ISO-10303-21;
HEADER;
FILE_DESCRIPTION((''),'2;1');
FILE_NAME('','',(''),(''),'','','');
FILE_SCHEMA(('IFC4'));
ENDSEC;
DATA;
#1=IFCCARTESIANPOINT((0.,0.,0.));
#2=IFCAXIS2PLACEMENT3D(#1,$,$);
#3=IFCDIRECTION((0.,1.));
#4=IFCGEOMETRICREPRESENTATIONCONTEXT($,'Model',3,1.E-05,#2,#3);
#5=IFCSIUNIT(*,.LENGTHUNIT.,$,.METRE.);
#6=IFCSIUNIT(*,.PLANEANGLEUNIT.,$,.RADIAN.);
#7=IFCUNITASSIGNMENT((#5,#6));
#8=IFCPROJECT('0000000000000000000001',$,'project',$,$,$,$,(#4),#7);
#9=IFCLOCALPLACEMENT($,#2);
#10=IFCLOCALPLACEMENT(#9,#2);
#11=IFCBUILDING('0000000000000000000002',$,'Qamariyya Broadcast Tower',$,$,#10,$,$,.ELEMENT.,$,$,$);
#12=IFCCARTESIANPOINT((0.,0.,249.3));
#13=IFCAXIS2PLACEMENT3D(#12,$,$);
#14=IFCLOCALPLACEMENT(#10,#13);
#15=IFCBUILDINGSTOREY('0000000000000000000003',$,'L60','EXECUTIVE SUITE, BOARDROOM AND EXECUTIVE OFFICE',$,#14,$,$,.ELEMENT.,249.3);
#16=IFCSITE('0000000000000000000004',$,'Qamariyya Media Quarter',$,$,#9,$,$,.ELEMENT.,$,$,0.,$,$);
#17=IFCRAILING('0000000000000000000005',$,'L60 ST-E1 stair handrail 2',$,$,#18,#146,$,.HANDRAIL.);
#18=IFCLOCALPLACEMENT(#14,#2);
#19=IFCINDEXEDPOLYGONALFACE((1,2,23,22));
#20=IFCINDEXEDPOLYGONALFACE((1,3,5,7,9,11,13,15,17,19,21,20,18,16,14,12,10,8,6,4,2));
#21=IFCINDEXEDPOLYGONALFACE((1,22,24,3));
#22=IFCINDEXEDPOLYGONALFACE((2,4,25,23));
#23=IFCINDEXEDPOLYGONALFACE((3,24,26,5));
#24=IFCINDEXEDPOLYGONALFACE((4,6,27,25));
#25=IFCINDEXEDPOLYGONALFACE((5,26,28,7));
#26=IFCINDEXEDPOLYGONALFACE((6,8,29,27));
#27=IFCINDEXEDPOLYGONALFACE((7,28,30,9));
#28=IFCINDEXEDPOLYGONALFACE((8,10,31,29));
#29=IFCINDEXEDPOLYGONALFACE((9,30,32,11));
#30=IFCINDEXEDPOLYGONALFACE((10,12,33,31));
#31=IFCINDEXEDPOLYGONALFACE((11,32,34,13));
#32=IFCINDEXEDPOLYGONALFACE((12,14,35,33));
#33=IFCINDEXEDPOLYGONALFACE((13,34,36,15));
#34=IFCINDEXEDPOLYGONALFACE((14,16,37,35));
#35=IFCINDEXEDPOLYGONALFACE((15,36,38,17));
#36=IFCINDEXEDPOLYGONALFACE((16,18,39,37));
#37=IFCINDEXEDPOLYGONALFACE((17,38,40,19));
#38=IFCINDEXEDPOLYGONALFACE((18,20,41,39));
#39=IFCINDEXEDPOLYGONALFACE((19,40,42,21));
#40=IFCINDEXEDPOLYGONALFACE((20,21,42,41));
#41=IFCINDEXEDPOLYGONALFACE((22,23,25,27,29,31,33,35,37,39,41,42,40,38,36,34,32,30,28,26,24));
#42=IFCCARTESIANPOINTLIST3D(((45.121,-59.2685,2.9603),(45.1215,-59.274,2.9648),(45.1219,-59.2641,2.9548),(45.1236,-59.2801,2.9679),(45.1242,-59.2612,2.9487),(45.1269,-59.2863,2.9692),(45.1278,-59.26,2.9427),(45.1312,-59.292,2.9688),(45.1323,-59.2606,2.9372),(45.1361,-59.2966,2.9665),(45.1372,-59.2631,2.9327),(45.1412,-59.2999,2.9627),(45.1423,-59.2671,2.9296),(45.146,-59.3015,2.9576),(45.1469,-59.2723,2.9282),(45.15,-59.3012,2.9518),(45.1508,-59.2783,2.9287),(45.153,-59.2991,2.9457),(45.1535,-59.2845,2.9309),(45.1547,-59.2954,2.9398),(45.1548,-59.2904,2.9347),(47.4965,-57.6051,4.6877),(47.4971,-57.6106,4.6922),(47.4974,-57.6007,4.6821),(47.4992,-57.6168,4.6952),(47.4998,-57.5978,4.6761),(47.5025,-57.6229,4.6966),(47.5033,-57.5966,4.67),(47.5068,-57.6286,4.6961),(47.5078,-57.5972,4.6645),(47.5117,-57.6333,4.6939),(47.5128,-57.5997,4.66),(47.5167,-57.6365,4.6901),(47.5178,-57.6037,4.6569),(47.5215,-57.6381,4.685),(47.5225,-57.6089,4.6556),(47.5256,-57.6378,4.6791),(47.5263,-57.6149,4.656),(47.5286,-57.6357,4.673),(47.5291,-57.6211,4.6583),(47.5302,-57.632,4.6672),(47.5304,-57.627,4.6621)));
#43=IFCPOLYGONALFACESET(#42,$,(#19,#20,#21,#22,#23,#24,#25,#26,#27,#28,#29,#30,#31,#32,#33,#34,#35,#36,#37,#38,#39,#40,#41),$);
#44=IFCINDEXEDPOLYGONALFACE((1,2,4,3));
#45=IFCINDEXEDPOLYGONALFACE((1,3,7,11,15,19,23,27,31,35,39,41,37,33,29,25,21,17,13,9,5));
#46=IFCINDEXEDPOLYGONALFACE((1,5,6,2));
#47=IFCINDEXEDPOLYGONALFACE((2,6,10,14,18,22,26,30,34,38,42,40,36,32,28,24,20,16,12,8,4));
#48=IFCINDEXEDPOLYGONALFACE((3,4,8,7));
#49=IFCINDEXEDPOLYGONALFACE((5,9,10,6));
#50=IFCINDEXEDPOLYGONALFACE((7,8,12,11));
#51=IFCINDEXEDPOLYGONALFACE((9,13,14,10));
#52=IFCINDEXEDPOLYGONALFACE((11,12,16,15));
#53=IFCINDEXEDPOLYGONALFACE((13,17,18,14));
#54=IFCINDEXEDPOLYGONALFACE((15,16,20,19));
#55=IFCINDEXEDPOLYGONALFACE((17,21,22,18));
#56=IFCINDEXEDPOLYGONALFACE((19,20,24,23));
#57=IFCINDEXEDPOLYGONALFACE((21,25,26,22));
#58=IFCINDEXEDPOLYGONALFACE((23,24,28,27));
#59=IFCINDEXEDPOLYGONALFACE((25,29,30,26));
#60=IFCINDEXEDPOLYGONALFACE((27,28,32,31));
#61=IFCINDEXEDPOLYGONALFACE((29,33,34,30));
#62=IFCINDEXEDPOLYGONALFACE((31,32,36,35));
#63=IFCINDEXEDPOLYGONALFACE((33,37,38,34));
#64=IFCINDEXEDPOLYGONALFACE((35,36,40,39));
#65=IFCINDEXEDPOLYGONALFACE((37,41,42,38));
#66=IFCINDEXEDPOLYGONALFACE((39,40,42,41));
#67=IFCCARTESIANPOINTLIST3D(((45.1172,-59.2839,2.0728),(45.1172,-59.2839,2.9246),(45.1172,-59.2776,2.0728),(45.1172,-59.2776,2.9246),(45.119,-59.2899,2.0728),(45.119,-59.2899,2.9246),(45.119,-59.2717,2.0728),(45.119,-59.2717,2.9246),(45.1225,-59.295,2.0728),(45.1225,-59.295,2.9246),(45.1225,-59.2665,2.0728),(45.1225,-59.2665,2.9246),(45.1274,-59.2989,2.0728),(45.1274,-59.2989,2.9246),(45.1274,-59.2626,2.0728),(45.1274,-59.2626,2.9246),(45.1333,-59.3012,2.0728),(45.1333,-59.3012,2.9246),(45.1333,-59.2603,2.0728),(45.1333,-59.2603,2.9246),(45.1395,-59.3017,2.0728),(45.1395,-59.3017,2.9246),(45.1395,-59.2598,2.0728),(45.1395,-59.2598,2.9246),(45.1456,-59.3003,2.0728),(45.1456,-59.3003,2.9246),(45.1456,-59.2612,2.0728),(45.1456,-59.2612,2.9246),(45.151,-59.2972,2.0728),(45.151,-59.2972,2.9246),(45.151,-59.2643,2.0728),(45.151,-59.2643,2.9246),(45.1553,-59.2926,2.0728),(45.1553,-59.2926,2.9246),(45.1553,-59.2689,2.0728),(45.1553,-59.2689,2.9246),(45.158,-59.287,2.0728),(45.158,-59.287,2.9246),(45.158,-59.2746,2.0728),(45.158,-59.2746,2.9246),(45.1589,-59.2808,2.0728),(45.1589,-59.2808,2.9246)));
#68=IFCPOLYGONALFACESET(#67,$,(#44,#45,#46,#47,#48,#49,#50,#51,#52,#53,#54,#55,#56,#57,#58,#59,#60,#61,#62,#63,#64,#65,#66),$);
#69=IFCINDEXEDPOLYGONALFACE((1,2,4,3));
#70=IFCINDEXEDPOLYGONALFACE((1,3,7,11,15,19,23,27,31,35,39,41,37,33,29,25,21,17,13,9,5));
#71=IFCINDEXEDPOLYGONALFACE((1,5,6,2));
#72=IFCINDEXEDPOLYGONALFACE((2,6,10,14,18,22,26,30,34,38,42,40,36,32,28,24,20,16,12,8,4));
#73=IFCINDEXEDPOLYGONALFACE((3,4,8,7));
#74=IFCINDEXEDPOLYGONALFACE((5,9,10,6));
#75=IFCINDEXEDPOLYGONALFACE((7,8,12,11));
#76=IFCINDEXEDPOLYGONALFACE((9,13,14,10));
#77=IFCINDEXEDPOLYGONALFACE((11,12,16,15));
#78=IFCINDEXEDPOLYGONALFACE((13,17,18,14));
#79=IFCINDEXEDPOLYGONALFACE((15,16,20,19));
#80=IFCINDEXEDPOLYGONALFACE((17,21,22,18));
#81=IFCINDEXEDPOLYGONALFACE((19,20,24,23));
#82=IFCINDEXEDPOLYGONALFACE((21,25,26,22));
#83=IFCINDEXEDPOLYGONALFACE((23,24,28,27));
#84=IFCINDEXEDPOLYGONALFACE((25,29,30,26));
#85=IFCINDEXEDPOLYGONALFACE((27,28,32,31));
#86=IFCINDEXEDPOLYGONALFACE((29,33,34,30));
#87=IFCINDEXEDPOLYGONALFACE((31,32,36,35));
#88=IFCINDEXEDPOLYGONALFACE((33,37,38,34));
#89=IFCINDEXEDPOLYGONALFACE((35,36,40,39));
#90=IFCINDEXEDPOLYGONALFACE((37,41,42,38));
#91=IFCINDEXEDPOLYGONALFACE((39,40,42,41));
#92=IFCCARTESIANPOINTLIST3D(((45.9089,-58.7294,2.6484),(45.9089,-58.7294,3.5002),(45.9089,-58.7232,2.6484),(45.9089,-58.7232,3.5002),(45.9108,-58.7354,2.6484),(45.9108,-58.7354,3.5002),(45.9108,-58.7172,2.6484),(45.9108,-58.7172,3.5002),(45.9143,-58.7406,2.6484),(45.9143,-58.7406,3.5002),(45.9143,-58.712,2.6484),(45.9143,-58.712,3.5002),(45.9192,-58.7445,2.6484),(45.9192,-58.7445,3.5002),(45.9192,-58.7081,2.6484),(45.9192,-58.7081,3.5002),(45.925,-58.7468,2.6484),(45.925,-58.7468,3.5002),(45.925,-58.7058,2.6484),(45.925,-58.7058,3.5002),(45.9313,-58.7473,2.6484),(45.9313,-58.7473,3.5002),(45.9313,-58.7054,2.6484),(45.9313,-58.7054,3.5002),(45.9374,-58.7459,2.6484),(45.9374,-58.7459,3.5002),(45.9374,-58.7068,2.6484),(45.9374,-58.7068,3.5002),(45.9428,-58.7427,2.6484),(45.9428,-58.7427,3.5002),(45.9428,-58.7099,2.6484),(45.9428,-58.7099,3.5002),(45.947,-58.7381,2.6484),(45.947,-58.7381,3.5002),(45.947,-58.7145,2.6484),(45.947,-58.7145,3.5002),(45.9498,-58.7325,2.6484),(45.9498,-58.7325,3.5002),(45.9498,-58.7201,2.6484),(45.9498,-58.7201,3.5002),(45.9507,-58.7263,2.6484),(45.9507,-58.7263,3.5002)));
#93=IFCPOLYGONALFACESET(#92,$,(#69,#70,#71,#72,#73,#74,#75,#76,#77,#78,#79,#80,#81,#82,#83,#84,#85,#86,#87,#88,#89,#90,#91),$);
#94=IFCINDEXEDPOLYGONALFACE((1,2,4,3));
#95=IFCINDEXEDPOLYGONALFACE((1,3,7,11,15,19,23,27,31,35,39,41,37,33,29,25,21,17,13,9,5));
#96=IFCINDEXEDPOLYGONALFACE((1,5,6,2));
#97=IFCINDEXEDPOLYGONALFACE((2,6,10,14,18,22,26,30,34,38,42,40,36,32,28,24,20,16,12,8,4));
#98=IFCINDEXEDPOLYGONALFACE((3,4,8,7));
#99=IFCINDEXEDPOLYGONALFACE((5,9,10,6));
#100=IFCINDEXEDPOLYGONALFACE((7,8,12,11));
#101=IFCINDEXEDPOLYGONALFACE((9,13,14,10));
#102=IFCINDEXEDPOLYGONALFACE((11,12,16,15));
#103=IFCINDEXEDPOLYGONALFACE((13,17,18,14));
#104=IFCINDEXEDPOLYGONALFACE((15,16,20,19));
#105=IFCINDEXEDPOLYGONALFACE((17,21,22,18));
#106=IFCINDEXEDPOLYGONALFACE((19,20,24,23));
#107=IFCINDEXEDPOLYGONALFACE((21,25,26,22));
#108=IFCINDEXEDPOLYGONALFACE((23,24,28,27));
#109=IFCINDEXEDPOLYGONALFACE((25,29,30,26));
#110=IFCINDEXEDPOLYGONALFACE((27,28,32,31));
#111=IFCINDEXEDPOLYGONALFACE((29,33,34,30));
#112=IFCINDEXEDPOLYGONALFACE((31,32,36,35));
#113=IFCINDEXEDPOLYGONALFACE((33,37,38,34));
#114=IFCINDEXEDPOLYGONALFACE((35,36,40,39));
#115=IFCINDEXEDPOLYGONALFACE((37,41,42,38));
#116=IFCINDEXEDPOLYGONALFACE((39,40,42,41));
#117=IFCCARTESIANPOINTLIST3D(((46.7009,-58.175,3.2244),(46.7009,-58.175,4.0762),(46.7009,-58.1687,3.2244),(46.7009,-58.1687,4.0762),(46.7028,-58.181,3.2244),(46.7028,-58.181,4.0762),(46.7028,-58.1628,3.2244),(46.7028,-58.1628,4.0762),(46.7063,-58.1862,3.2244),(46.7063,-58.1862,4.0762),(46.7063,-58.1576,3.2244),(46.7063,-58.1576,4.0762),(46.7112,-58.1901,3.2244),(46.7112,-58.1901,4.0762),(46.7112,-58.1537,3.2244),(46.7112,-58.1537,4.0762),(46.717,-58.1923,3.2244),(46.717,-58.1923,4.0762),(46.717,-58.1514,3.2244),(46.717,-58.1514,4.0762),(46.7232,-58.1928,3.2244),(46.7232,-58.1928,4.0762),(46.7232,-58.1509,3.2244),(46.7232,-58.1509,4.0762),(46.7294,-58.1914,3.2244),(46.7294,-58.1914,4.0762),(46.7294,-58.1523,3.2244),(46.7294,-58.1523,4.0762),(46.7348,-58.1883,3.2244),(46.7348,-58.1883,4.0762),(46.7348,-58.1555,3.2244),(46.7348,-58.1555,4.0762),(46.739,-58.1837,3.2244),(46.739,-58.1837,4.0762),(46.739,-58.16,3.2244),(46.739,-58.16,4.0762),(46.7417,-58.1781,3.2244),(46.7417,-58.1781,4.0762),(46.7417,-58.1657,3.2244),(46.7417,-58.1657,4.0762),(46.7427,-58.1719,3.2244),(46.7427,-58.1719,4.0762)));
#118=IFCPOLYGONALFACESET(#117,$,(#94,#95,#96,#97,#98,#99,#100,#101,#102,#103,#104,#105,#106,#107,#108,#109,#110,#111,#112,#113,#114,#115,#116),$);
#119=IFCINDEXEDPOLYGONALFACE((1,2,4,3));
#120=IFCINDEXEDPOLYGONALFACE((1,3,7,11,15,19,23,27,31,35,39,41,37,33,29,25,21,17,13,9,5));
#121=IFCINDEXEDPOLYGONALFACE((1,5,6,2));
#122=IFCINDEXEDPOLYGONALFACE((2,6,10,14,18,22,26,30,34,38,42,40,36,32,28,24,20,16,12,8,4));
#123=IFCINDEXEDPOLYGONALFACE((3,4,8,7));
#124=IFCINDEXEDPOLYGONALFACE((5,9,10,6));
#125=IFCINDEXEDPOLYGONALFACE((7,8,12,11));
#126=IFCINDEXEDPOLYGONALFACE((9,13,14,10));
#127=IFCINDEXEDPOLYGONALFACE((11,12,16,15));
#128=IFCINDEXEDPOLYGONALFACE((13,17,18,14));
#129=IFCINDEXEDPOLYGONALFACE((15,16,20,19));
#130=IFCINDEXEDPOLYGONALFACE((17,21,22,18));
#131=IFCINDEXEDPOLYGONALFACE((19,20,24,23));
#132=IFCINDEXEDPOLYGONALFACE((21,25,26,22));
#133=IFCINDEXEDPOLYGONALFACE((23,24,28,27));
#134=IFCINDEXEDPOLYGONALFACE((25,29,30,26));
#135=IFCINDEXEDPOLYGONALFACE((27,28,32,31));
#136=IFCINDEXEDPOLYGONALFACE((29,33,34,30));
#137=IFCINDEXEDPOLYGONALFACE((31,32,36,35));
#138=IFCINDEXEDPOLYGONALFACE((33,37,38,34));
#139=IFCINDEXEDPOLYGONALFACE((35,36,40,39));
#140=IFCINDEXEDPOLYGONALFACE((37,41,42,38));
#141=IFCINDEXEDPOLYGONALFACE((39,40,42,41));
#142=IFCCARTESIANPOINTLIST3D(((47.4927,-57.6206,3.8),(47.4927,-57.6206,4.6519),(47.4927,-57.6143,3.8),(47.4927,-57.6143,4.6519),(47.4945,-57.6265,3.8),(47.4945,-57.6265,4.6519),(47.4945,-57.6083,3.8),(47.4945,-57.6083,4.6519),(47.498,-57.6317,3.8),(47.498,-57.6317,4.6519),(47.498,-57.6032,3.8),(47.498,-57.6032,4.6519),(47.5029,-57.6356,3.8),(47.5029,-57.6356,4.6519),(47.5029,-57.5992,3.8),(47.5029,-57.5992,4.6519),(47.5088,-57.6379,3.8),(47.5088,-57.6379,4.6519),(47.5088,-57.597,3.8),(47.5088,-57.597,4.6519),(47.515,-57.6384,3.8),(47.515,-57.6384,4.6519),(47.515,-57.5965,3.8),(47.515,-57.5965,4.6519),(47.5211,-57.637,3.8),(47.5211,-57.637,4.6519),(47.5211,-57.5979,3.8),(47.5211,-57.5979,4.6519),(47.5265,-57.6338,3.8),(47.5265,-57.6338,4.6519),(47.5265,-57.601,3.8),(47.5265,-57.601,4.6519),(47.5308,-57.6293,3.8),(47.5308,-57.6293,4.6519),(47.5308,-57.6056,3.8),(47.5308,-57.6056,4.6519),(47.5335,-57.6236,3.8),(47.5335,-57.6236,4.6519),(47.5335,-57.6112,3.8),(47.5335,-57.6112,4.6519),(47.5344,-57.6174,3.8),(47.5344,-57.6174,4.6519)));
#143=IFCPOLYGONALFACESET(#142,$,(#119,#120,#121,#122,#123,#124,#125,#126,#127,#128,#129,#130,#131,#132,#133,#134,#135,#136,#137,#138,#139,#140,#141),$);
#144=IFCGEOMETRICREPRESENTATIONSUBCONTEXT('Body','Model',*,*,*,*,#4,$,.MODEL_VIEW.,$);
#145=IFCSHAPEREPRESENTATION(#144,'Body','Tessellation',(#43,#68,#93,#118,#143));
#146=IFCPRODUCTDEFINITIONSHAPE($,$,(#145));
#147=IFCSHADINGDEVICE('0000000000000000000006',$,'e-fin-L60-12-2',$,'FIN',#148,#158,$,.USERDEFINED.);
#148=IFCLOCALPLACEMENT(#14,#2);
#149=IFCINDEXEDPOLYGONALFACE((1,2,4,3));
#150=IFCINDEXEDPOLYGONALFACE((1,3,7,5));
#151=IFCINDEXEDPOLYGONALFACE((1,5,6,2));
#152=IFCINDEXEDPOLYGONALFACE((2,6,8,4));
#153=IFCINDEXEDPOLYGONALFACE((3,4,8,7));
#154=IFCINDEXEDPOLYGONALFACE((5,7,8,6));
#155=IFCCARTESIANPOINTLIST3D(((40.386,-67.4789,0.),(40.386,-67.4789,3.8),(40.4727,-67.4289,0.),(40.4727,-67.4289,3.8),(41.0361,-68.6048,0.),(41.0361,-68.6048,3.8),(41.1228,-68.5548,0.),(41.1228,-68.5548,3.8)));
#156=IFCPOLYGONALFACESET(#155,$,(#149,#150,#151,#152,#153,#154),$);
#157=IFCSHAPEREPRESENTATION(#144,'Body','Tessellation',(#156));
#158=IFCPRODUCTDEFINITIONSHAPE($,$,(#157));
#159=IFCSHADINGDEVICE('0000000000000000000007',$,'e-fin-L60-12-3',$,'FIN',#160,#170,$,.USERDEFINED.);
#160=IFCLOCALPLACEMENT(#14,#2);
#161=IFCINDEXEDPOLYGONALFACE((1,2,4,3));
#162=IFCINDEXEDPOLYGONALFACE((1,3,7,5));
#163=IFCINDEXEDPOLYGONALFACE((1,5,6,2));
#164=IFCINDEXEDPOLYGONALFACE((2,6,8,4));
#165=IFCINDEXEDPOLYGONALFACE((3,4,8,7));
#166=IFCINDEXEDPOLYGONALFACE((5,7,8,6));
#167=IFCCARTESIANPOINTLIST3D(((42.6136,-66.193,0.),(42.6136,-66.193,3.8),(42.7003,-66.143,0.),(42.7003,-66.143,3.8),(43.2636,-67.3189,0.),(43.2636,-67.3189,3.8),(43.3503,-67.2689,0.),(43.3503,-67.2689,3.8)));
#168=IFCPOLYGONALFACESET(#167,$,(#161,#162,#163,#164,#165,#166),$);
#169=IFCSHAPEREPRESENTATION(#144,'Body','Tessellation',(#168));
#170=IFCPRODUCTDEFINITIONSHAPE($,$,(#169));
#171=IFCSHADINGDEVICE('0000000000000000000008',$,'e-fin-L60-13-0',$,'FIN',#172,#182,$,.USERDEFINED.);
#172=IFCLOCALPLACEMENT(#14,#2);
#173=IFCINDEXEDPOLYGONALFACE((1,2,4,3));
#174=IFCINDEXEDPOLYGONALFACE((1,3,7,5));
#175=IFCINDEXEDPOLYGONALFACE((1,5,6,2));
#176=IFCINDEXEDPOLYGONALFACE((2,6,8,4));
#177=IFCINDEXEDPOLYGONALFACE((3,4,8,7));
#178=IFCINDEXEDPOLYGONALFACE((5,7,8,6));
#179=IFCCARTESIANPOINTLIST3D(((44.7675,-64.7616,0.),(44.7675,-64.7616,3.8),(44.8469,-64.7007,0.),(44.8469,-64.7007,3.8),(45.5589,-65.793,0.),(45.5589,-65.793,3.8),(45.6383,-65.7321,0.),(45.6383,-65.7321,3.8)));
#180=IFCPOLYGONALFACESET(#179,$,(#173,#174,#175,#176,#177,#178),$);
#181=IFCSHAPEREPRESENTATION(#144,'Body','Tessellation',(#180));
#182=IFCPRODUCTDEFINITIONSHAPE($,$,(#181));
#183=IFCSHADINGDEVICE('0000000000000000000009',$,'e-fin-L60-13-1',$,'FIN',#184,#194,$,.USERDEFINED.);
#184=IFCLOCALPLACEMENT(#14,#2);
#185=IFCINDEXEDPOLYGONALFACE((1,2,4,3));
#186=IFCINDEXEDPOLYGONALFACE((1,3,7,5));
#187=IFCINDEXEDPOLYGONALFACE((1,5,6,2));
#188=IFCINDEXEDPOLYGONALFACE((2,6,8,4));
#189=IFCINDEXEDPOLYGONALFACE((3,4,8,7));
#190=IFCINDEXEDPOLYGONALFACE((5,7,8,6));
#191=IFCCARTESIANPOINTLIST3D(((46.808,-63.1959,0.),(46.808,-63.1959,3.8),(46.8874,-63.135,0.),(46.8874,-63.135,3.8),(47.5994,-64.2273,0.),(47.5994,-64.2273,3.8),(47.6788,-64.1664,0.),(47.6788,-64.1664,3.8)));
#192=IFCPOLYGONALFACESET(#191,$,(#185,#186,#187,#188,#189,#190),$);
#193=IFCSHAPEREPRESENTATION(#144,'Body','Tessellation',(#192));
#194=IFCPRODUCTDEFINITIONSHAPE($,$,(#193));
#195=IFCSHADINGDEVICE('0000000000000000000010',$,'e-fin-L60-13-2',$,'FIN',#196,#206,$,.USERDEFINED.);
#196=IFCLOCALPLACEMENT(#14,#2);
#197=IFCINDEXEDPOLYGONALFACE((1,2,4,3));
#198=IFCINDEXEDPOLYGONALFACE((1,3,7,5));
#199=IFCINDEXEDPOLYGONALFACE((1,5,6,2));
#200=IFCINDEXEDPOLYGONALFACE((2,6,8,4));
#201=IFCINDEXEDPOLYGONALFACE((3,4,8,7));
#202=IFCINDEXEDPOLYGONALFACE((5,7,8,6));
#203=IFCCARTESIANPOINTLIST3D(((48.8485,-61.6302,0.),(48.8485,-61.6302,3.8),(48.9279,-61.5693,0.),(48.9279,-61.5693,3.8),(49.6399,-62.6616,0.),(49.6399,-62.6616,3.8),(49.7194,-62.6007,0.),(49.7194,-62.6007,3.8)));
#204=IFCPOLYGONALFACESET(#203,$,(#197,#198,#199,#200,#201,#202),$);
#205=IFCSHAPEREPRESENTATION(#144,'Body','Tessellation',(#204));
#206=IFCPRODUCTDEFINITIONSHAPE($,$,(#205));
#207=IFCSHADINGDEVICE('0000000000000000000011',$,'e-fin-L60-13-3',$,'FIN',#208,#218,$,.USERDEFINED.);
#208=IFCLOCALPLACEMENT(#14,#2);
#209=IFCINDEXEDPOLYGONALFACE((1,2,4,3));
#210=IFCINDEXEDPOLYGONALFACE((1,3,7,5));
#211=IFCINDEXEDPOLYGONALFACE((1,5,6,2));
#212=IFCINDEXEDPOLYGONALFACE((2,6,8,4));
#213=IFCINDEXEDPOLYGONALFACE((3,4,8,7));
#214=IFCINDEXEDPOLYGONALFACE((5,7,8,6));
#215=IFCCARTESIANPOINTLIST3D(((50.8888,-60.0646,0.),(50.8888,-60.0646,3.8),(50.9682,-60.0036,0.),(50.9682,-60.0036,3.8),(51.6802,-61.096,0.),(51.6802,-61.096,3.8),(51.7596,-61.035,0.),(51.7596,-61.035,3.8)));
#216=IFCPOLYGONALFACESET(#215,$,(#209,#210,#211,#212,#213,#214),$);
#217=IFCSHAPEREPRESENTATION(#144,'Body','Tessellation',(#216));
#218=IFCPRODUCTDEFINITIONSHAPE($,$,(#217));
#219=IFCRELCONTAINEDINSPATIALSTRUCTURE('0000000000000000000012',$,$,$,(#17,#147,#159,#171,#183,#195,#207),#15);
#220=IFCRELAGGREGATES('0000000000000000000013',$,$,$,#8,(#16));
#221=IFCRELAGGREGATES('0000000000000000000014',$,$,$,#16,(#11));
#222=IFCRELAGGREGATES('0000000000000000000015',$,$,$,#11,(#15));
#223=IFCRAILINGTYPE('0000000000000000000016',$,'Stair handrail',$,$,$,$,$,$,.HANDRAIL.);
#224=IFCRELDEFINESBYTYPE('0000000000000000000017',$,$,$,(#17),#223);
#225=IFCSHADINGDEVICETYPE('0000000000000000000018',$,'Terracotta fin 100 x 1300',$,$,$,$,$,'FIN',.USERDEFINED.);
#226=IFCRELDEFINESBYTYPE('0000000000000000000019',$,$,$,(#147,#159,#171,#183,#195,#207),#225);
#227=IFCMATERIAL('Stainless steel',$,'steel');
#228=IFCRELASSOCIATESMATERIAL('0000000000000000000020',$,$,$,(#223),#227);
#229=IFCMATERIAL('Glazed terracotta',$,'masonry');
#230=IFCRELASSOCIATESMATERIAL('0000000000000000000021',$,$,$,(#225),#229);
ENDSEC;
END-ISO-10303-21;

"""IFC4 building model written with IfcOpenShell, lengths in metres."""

from ifc_helpers import new_model, si_unit, direction, frame, origin, origin_2d, place, context, subcontext, project, spatial, rectangle, circle, extrude, material, material_profile, profile_set, type_object, element, save


model = new_model("IFC4")

# Units and contexts
model_context = context("Model", 3, precision=1e-05, world=origin(), true_north=direction((0.0, 1.0)))
body_context = subcontext(model_context, "Body", "Model", "MODEL_VIEW")
ifc_project = project(units=[si_unit("LENGTHUNIT", "METRE"), si_unit("PLANEANGLEUNIT", "RADIAN")], contexts=[model_context])

# Site, building, storey
site_placement = place(None, origin())
site = spatial("IfcSite", under=ifc_project, at=site_placement, Name="Qamariyya Media Quarter", CompositionType="ELEMENT", RefElevation=0.0)
building_placement = place(site_placement, origin())
building = spatial("IfcBuilding", under=site, at=building_placement, Name="Qamariyya Broadcast Tower", CompositionType="ELEMENT")
storey_placement = place(building_placement, frame((0.0, 0.0, 249.3)))
storey = spatial("IfcBuildingStorey", under=building, at=storey_placement, Name="L60", Description="EXECUTIVE SUITE, BOARDROOM AND EXECUTIVE OFFICE", CompositionType="ELEMENT", Elevation=249.3)

# Railing
ifc_material_1 = material(Name="Stainless steel", Category="steel")
railing_type_1 = type_object("IfcRailingType", Name="Stair handrail", PredefinedType="HANDRAIL", material=ifc_material_1)
railing_1_placement = place(storey_placement, frame((45.1379, -59.2808, 2.0728)))
element("IfcRailing", 1, at=railing_1_placement, inside=storey, type_object=railing_type_1, Name="L60 ST-E1 stair handrail 2", PredefinedType="HANDRAIL", context=body_context, shape_type="SweptSolid", body=[
    extrude(circle(Radius=0.0239, at=origin_2d()), frame((0.0, 0.0, 0.876), z_axis=(0.70377, 0.492784, 0.511734), x_axis=(-0.573575, 0.819153, 0.0)), (0.0, 0.0, 1.0), 3.3755),
    extrude(circle(Radius=0.021, at=origin_2d()), origin(), (0.0, 0.0, 1.0), 0.8518),
    extrude(circle(Radius=0.021, at=origin_2d()), frame((0.7917, 0.5544, 0.5757)), (0.0, 0.0, 1.0), 0.8518),
    extrude(circle(Radius=0.021, at=origin_2d()), frame((1.5837, 1.1089, 1.1516)), (0.0, 0.0, 1.0), 0.8518),
    extrude(circle(Radius=0.021, at=origin_2d()), frame((2.3755, 1.6633, 1.7273)), (0.0, 0.0, 1.0), 0.8518),
])

# Shading devices
ifc_material_2 = material(Name="Glazed terracotta", Category="masonry")
ifc_material_profile_1 = material_profile(ifc_material_2, rectangle(XDim=1.3, YDim=0.1001, at=origin_2d()))
ifc_profile_set_1 = profile_set([ifc_material_profile_1], Name="Glazed terracotta")
shading_device_type_1 = type_object("IfcShadingDeviceType", Name="Terracotta fin 100 x 1300", ElementType="FIN", PredefinedType="USERDEFINED", material=ifc_profile_set_1)
for number, where, z_axis, x_axis, name in (
    (2, (40.7544, -68.0168, 0.0), (0.0, 0.0, 1.0), (0.5, -0.866025, 0.0), "e-fin-L60-12-2"),
    (3, (42.9819, -66.731, 0.0), (0.0, 0.0, 1.0), (0.5, -0.866025, 0.0), "e-fin-L60-12-3"),
    (4, (45.2029, -65.2468, 0.0), (0.0, 0.0, 1.0), (0.608761, -0.793353, 0.0), "e-fin-L60-13-0"),
    (5, (47.2434, -63.6812, 0.0), (0.0, 0.0, 1.0), (0.608761, -0.793353, 0.0), "e-fin-L60-13-1"),
    (6, (49.2839, -62.1155, 0.0), (0.0, 0.0, 1.0), (0.608761, -0.793353, 0.0), "e-fin-L60-13-2"),
    (7, (51.3242, -60.5498, 0.0), (0.0, 0.0, 1.0), (0.608761, -0.793353, 0.0), "e-fin-L60-13-3"),
):
    element("IfcShadingDevice", number, at=place(storey_placement, frame(where, z_axis=z_axis, x_axis=x_axis)), inside=storey, type_object=shading_device_type_1, Name=name, ObjectType="FIN", PredefinedType="USERDEFINED", context=body_context, shape_type="SweptSolid", body=[
        extrude(rectangle(XDim=1.3, YDim=0.1001, at=origin_2d()), origin(), (0.0, 0.0, 1.0), 3.8),
    ])

save(model, "model.ifc")
